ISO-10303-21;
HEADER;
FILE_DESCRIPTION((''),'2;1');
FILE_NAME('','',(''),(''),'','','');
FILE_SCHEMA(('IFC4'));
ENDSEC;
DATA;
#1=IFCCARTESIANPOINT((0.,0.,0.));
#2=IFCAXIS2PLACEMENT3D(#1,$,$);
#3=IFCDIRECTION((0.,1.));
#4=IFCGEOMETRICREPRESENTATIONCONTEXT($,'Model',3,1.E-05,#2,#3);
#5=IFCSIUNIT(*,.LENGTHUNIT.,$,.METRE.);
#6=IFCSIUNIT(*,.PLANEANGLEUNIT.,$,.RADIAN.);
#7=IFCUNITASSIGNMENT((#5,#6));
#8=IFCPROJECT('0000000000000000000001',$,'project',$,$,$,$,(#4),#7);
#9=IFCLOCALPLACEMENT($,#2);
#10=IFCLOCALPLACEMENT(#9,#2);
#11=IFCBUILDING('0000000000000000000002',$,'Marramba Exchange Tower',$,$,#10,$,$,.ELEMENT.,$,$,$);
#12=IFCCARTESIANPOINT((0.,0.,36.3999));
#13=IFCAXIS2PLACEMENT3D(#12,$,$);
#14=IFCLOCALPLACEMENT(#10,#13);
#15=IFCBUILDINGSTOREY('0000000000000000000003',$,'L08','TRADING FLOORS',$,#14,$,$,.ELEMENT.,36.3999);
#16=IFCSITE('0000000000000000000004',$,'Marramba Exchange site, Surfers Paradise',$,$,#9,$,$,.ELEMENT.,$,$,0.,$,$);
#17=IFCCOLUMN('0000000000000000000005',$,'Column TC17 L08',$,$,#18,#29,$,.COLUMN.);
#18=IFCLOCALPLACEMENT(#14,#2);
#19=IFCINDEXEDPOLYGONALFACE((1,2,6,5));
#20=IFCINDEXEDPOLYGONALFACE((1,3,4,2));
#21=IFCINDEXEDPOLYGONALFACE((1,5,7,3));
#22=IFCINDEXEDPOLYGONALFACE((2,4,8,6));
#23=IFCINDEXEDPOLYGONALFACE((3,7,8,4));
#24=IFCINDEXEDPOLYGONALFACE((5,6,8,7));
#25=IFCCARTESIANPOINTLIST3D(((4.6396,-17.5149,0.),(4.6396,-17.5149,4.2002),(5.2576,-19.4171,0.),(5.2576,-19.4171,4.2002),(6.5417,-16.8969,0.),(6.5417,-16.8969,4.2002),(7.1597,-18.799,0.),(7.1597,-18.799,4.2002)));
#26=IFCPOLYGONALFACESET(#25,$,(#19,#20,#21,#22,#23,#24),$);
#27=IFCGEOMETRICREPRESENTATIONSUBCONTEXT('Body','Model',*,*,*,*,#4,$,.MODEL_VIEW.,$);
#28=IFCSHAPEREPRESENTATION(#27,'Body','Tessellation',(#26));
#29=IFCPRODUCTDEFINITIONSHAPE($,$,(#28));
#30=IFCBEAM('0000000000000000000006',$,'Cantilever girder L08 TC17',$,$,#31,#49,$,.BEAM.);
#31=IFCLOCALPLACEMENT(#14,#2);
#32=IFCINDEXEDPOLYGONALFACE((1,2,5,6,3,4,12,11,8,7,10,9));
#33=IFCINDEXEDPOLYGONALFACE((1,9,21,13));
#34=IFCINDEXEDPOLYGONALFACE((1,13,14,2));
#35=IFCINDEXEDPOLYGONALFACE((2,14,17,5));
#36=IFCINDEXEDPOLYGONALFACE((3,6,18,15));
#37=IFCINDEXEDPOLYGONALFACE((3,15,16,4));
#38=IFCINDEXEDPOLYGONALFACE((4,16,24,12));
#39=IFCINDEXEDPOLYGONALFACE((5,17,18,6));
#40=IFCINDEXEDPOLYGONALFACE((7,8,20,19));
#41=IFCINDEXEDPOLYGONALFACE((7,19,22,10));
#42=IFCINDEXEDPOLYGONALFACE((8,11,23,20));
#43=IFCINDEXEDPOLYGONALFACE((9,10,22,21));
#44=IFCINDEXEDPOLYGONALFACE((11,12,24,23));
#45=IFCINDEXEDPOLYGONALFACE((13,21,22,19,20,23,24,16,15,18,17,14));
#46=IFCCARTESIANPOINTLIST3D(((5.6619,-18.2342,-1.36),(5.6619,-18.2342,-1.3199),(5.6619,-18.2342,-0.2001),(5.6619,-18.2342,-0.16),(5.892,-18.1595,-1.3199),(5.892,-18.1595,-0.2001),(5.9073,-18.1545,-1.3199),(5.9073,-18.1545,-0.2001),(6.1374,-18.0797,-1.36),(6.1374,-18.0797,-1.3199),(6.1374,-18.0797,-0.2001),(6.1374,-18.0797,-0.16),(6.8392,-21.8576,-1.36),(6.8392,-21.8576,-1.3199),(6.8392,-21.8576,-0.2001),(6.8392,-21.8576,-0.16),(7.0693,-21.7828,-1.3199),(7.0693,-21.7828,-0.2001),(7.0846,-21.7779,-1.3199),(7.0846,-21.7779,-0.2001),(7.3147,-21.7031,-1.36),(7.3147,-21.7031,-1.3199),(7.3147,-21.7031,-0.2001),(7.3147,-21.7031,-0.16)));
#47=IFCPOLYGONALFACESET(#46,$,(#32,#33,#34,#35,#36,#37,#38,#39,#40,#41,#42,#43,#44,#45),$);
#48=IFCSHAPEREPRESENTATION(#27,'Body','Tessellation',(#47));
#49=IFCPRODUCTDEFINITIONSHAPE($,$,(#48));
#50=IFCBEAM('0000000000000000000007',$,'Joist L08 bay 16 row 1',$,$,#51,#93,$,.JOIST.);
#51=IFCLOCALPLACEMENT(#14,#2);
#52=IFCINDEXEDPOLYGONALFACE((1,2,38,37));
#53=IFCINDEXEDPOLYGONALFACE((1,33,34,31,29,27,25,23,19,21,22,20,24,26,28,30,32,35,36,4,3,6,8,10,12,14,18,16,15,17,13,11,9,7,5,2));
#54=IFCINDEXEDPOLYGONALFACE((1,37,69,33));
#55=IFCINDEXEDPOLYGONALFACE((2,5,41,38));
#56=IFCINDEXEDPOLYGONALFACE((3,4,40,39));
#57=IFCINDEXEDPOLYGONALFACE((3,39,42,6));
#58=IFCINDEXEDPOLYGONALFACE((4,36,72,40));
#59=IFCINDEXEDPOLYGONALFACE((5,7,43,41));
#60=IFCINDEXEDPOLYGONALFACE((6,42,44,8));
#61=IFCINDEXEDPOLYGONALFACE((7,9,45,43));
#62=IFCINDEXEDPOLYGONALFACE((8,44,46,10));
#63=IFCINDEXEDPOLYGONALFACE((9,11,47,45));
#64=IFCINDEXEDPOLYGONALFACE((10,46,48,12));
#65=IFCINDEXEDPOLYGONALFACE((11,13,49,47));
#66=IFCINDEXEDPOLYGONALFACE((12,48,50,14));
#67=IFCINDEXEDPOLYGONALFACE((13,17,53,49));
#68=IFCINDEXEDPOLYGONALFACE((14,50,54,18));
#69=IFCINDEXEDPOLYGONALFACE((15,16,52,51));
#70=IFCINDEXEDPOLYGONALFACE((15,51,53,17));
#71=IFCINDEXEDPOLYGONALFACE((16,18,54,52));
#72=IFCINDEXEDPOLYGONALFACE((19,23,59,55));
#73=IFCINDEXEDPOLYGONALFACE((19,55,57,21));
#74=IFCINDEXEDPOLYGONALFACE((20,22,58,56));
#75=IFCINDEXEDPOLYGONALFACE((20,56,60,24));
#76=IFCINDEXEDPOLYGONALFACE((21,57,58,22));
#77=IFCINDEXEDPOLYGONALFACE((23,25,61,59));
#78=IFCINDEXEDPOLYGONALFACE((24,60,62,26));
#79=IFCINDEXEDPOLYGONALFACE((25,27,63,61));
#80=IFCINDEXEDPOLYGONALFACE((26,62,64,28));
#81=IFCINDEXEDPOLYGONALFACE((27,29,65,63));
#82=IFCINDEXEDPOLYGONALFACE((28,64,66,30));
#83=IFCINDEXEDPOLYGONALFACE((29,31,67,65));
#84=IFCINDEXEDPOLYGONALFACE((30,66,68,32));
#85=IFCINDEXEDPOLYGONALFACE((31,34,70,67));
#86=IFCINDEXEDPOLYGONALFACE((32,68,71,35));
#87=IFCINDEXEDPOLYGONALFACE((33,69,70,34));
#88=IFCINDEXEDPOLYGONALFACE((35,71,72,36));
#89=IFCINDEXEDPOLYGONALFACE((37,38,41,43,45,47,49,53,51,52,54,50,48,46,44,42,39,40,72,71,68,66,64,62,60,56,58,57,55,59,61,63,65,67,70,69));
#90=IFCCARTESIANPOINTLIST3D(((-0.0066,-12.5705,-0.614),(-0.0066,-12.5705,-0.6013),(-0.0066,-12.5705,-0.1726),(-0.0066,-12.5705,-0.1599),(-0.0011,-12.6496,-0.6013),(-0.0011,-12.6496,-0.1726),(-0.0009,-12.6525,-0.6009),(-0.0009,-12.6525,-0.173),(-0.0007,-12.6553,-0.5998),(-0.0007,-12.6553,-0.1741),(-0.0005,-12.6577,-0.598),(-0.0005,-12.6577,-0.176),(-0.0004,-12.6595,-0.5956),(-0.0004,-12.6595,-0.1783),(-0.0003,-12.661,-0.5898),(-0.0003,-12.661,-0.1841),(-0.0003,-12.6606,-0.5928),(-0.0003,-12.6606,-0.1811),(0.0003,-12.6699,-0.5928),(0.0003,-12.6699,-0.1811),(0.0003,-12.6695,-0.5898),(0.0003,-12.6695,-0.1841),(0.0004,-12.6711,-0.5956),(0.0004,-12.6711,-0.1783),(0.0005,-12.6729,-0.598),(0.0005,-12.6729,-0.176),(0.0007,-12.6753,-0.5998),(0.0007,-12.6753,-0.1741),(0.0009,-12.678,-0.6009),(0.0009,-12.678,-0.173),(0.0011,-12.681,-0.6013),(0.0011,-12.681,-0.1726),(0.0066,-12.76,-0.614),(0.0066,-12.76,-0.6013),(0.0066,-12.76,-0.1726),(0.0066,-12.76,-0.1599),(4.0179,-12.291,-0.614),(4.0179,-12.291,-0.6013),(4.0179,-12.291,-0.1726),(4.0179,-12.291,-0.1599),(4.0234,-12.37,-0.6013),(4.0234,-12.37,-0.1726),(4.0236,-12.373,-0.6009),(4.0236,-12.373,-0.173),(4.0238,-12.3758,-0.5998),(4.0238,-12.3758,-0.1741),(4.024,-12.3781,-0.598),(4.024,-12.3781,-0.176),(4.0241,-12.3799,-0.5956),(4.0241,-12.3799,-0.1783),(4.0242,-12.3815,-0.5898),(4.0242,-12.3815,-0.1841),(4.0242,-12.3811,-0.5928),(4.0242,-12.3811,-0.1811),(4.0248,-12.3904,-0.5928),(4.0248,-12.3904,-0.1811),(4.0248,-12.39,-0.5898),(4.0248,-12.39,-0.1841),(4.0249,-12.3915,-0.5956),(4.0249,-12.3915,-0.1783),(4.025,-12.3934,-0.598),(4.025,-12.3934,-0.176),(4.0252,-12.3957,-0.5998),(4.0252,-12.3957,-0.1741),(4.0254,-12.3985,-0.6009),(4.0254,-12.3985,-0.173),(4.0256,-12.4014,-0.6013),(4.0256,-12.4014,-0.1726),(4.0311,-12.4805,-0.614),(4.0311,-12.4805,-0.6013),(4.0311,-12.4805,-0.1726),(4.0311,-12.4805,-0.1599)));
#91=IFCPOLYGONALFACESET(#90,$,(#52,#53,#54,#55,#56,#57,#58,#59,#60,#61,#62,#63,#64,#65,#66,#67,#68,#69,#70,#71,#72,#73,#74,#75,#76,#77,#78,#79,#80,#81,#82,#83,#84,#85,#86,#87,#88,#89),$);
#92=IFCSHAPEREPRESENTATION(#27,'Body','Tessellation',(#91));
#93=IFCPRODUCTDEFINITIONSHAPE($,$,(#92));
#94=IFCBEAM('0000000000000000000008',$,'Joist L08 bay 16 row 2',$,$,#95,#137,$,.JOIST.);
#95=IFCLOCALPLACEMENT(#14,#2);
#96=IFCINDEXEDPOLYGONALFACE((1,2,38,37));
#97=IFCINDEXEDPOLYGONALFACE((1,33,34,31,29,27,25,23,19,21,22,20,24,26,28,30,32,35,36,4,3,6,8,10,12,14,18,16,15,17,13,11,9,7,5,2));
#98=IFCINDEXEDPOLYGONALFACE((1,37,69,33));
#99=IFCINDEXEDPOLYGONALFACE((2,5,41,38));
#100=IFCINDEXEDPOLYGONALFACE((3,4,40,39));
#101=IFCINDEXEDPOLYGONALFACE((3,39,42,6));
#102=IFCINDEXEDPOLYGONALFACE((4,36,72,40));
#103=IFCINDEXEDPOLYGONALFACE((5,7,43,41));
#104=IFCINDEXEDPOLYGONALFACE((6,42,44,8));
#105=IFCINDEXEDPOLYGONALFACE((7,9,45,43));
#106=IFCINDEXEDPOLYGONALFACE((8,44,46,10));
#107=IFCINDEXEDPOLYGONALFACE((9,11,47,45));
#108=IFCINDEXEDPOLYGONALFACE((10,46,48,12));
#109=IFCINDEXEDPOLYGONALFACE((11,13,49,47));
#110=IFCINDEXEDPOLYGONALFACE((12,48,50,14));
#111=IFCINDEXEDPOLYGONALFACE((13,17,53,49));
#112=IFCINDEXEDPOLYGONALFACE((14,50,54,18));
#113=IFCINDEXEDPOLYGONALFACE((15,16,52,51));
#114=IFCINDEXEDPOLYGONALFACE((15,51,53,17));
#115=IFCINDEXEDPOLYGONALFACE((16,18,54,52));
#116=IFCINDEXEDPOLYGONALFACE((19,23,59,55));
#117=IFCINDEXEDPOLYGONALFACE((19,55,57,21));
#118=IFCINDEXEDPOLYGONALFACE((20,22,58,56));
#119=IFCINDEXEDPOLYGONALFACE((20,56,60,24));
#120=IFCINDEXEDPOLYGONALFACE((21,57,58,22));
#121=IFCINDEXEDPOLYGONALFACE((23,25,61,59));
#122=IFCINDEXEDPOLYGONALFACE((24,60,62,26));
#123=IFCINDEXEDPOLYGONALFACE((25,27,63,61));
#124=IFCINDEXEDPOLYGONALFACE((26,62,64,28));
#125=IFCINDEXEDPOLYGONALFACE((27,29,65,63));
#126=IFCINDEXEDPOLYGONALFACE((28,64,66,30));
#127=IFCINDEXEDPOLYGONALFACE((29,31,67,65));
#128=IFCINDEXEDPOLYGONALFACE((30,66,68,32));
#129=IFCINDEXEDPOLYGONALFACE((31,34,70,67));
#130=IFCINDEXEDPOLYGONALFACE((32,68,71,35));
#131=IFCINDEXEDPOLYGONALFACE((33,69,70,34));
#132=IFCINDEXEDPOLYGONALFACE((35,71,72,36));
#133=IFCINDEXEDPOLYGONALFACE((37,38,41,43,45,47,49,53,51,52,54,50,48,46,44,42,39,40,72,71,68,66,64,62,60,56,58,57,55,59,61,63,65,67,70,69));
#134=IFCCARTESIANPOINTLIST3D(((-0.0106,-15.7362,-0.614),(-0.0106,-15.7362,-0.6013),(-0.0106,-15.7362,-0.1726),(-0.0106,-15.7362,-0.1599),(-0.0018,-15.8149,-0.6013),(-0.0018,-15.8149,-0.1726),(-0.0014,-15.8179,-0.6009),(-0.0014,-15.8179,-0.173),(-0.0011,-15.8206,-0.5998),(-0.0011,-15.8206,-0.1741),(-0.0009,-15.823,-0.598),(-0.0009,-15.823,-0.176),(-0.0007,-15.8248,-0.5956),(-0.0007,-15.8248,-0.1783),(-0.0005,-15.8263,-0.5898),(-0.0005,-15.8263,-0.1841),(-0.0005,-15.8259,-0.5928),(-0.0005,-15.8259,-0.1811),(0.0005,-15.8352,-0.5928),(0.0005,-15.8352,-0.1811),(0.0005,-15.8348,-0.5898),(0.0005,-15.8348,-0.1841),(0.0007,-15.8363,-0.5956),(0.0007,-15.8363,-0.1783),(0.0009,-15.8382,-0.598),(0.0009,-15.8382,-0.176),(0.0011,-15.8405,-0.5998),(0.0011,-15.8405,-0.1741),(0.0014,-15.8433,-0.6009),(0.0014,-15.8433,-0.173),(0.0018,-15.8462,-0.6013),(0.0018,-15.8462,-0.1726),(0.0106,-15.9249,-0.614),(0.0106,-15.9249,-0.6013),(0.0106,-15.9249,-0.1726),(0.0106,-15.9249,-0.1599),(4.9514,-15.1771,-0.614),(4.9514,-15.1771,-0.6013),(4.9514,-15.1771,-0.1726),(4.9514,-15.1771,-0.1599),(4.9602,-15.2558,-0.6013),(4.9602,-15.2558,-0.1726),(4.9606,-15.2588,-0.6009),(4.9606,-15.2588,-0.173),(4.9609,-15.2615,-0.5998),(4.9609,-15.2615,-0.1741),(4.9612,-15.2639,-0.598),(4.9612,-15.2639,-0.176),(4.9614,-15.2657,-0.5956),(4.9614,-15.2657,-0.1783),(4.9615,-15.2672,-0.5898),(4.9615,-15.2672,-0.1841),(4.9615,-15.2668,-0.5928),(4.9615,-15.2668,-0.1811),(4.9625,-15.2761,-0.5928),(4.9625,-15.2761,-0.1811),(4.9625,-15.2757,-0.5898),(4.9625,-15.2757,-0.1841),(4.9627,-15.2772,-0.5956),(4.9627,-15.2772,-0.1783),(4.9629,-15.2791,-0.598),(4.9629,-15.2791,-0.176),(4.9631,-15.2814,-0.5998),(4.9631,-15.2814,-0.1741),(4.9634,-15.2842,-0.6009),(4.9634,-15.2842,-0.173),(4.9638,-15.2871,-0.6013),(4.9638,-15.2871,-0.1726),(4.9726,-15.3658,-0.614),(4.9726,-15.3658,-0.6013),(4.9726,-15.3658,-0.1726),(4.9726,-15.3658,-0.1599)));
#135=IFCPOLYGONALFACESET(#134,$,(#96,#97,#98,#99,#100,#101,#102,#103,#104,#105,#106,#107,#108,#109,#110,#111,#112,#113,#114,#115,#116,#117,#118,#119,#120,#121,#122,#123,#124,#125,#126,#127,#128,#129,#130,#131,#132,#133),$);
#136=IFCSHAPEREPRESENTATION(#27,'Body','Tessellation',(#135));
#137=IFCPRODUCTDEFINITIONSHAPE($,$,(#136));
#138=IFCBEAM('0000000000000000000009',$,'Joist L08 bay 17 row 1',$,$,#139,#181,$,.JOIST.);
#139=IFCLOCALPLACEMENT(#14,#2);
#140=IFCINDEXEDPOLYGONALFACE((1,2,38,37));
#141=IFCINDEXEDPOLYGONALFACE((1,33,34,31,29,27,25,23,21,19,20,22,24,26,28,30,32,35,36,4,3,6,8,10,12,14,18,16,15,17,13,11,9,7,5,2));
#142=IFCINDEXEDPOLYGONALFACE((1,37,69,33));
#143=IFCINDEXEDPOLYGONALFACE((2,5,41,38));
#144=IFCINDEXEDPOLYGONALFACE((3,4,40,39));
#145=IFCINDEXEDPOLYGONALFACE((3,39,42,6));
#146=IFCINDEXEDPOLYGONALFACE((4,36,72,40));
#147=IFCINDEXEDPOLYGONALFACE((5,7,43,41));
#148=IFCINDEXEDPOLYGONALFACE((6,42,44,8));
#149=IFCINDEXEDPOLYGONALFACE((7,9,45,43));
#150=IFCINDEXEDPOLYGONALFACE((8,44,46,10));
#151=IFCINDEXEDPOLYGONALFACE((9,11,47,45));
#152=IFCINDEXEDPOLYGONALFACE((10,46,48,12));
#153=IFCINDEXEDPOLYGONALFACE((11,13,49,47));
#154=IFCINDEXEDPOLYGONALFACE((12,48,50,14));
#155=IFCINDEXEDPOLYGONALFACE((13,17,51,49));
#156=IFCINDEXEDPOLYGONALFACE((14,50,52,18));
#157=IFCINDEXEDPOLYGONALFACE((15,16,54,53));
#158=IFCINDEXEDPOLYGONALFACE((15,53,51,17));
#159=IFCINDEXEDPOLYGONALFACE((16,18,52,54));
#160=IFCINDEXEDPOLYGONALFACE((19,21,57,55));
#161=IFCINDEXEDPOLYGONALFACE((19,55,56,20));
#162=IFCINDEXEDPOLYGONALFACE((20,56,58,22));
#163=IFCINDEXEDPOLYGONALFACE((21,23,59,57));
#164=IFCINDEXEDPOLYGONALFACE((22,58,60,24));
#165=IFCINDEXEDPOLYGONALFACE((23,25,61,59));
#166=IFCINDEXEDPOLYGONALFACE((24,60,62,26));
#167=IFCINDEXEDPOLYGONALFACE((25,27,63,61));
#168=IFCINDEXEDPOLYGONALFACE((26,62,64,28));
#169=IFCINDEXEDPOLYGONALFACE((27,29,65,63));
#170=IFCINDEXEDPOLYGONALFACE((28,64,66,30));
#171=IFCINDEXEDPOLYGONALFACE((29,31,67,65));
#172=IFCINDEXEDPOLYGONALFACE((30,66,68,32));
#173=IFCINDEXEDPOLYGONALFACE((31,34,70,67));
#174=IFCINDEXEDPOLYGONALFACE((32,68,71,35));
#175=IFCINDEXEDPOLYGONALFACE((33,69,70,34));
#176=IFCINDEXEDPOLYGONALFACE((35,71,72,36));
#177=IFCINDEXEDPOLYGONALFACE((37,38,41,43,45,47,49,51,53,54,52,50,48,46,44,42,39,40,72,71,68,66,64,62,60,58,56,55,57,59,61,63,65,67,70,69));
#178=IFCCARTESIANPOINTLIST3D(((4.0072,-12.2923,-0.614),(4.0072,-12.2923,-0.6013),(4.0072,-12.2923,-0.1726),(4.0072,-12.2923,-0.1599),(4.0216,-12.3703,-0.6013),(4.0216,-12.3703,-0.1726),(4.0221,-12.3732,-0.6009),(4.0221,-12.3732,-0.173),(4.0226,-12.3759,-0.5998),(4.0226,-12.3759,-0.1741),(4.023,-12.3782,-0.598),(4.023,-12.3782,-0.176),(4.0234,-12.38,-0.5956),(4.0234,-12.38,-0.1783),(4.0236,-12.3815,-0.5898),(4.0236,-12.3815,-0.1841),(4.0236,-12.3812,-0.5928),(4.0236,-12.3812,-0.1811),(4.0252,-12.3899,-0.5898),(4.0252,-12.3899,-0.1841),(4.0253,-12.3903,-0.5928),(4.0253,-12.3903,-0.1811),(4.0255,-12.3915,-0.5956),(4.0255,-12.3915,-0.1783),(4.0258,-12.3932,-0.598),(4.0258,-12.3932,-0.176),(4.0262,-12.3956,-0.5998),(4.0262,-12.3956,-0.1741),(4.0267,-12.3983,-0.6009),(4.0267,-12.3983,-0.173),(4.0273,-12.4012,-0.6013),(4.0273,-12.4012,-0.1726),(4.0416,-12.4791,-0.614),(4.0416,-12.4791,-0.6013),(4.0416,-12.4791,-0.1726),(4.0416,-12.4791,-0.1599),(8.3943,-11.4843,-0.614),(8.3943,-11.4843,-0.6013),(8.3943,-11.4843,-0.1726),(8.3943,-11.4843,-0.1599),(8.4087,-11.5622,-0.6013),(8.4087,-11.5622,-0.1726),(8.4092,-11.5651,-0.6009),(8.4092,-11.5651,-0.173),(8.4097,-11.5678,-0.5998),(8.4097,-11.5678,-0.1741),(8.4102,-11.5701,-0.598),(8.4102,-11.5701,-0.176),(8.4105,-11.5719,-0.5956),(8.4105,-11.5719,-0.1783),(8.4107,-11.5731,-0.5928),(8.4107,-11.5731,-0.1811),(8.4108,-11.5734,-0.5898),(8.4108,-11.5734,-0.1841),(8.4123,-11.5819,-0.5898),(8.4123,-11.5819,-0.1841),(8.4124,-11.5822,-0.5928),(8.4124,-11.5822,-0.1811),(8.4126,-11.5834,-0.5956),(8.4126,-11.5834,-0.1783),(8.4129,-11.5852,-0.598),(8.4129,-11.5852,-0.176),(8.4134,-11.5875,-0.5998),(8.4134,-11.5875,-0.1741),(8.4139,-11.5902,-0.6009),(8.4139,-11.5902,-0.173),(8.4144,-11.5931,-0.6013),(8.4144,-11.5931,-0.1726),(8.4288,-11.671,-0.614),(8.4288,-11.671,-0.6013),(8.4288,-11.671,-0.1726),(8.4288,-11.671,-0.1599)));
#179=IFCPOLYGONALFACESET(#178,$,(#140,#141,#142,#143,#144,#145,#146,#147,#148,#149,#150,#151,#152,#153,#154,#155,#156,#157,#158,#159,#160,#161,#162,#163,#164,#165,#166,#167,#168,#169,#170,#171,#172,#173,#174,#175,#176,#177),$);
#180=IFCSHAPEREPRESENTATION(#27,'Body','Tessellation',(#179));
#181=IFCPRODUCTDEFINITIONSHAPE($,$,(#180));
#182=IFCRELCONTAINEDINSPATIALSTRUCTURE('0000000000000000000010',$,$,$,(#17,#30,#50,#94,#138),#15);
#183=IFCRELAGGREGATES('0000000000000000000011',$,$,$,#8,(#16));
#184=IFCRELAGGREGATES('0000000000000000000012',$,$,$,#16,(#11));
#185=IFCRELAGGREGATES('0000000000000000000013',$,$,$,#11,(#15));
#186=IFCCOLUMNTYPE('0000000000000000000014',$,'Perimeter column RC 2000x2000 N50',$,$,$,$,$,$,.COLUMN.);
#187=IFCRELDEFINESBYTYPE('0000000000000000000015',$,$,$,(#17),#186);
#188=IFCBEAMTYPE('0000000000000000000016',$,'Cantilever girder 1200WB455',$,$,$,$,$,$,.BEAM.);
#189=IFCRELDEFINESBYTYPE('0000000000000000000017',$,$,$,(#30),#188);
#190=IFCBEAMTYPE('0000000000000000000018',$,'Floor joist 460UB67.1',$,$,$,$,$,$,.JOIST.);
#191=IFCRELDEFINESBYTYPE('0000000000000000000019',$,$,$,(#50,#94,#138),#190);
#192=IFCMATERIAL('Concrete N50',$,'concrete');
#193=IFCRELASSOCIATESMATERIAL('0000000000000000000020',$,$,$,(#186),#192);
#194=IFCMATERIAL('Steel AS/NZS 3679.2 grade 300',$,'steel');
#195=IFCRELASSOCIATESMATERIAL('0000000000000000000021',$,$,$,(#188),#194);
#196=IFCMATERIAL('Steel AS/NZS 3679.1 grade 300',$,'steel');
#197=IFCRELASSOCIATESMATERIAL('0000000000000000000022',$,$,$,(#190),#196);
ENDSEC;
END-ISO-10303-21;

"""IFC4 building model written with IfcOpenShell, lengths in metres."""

from ifc_helpers import new_model, si_unit, direction, frame, origin, origin_2d, place, context, subcontext, project, spatial, rectangle, i_section, extrude, material, material_profile, profile_set, type_object, element, save


model = new_model("IFC4")

# Units and contexts
model_context = context("Model", 3, precision=1e-05, world=origin(), true_north=direction((0.0, 1.0)))
body_context = subcontext(model_context, "Body", "Model", "MODEL_VIEW")
ifc_project = project(units=[si_unit("LENGTHUNIT", "METRE"), si_unit("PLANEANGLEUNIT", "RADIAN")], contexts=[model_context])

# Site, building, storey
site_placement = place(None, origin())
site = spatial("IfcSite", under=ifc_project, at=site_placement, Name="Marramba Exchange site, Surfers Paradise", CompositionType="ELEMENT", RefElevation=0.0)
building_placement = place(site_placement, origin())
building = spatial("IfcBuilding", under=site, at=building_placement, Name="Marramba Exchange Tower", CompositionType="ELEMENT")
storey_placement = place(building_placement, frame((0.0, 0.0, 36.3999)))
storey = spatial("IfcBuildingStorey", under=building, at=storey_placement, Name="L08", Description="TRADING FLOORS", CompositionType="ELEMENT", Elevation=36.3999)

# Column
ifc_material_1 = material(Name="Concrete N50", Category="concrete")
ifc_material_profile_1 = material_profile(ifc_material_1, rectangle(XDim=2.0, YDim=2.0, at=origin_2d()), Name="RC 2000x2000")
ifc_profile_set_1 = profile_set([ifc_material_profile_1], Name="Concrete N50")
column_type = type_object("IfcColumnType", Name="Perimeter column RC 2000x2000 N50", PredefinedType="COLUMN", material=ifc_profile_set_1)
column_placement = place(storey_placement, frame((5.8997, -18.157, 0.0), z_axis=(0.0, 0.0, 1.0), x_axis=(0.309017, -0.951057, 0.0)))
element("IfcColumn", 1, at=column_placement, inside=storey, type_object=column_type, Name="Column TC17 L08", PredefinedType="COLUMN", context=body_context, shape_type="SweptSolid", body=[
    extrude(rectangle(XDim=2.0, YDim=2.0, at=origin_2d()), origin(), (0.0, 0.0, 1.0), 4.2002),
])

# Beams
ifc_material_2 = material(Name="Steel AS/NZS 3679.2 grade 300", Category="steel")
ifc_material_profile_2 = material_profile(ifc_material_2, i_section(OverallWidth=0.5, OverallDepth=1.2, WebThickness=0.0161, FlangeThickness=0.04, at=origin_2d()), Name="1200WB455")
ifc_profile_set_2 = profile_set([ifc_material_profile_2], Name="Steel AS/NZS 3679.2 grade 300")
beam_type_1 = type_object("IfcBeamType", Name="Cantilever girder 1200WB455", PredefinedType="BEAM", material=ifc_profile_set_2)
beam_1_placement = place(storey_placement, frame((5.8997, -18.157, -0.76), z_axis=(0.309009, -0.951059, 0.0), x_axis=(0.951059, 0.309009, 0.0)))
element("IfcBeam", 2, at=beam_1_placement, inside=storey, type_object=beam_type_1, Name="Cantilever girder L08 TC17", PredefinedType="BEAM", context=body_context, shape_type="SweptSolid", body=[
    extrude(i_section(OverallWidth=0.5, OverallDepth=1.2, WebThickness=0.0161, FlangeThickness=0.04, at=origin_2d()), origin(), (0.0, 0.0, 1.0), 3.8098),
])
ifc_material_3 = material(Name="Steel AS/NZS 3679.1 grade 300", Category="steel")
ifc_material_profile_3 = material_profile(ifc_material_3, i_section(OverallWidth=0.1899, OverallDepth=0.4541, WebThickness=0.0085, FlangeThickness=0.0127, FilletRadius=0.0115, at=origin_2d()), Name="460UB67.1")
ifc_profile_set_3 = profile_set([ifc_material_profile_3], Name="Steel AS/NZS 3679.1 grade 300")
beam_type_2 = type_object("IfcBeamType", Name="Floor joist 460UB67.1", PredefinedType="JOIST", material=ifc_profile_set_3)
beam_2_placement = place(storey_placement, frame((0.0, -12.6653, -0.387), z_axis=(0.997596, 0.069294, 0.0), x_axis=(-0.069294, 0.997596, 0.0)))
element("IfcBeam", 3, at=beam_2_placement, inside=storey, type_object=beam_type_2, Name="Joist L08 bay 16 row 1", PredefinedType="JOIST", context=body_context, shape_type="SweptSolid", body=[
    extrude(i_section(OverallWidth=0.1899, OverallDepth=0.4541, WebThickness=0.0085, FlangeThickness=0.0127, FilletRadius=0.0115, at=origin_2d()), origin(), (0.0, 0.0, 1.0), 4.0342),
])
beam_3_placement = place(storey_placement, frame((0.0, -15.8306, -0.387), z_axis=(0.993712, 0.111966, 0.0), x_axis=(-0.111966, 0.993712, 0.0)))
element("IfcBeam", 4, at=beam_3_placement, inside=storey, type_object=beam_type_2, Name="Joist L08 bay 16 row 2", PredefinedType="JOIST", context=body_context, shape_type="SweptSolid", body=[
    extrude(i_section(OverallWidth=0.1899, OverallDepth=0.4541, WebThickness=0.0085, FlangeThickness=0.0127, FilletRadius=0.0115, at=origin_2d()), origin(), (0.0, 0.0, 1.0), 4.9934),
])
beam_4_placement = place(storey_placement, frame((4.0244, -12.3857, -0.387), z_axis=(0.983456, 0.181149, 0.0), x_axis=(-0.181149, 0.983456, 0.0)))
element("IfcBeam", 5, at=beam_4_placement, inside=storey, type_object=beam_type_2, Name="Joist L08 bay 17 row 1", PredefinedType="JOIST", context=body_context, shape_type="SweptSolid", body=[
    extrude(i_section(OverallWidth=0.1899, OverallDepth=0.4541, WebThickness=0.0085, FlangeThickness=0.0127, FilletRadius=0.0115, at=origin_2d()), origin(), (0.0, 0.0, 1.0), 4.4609),
])

save(model, "model.ifc")
